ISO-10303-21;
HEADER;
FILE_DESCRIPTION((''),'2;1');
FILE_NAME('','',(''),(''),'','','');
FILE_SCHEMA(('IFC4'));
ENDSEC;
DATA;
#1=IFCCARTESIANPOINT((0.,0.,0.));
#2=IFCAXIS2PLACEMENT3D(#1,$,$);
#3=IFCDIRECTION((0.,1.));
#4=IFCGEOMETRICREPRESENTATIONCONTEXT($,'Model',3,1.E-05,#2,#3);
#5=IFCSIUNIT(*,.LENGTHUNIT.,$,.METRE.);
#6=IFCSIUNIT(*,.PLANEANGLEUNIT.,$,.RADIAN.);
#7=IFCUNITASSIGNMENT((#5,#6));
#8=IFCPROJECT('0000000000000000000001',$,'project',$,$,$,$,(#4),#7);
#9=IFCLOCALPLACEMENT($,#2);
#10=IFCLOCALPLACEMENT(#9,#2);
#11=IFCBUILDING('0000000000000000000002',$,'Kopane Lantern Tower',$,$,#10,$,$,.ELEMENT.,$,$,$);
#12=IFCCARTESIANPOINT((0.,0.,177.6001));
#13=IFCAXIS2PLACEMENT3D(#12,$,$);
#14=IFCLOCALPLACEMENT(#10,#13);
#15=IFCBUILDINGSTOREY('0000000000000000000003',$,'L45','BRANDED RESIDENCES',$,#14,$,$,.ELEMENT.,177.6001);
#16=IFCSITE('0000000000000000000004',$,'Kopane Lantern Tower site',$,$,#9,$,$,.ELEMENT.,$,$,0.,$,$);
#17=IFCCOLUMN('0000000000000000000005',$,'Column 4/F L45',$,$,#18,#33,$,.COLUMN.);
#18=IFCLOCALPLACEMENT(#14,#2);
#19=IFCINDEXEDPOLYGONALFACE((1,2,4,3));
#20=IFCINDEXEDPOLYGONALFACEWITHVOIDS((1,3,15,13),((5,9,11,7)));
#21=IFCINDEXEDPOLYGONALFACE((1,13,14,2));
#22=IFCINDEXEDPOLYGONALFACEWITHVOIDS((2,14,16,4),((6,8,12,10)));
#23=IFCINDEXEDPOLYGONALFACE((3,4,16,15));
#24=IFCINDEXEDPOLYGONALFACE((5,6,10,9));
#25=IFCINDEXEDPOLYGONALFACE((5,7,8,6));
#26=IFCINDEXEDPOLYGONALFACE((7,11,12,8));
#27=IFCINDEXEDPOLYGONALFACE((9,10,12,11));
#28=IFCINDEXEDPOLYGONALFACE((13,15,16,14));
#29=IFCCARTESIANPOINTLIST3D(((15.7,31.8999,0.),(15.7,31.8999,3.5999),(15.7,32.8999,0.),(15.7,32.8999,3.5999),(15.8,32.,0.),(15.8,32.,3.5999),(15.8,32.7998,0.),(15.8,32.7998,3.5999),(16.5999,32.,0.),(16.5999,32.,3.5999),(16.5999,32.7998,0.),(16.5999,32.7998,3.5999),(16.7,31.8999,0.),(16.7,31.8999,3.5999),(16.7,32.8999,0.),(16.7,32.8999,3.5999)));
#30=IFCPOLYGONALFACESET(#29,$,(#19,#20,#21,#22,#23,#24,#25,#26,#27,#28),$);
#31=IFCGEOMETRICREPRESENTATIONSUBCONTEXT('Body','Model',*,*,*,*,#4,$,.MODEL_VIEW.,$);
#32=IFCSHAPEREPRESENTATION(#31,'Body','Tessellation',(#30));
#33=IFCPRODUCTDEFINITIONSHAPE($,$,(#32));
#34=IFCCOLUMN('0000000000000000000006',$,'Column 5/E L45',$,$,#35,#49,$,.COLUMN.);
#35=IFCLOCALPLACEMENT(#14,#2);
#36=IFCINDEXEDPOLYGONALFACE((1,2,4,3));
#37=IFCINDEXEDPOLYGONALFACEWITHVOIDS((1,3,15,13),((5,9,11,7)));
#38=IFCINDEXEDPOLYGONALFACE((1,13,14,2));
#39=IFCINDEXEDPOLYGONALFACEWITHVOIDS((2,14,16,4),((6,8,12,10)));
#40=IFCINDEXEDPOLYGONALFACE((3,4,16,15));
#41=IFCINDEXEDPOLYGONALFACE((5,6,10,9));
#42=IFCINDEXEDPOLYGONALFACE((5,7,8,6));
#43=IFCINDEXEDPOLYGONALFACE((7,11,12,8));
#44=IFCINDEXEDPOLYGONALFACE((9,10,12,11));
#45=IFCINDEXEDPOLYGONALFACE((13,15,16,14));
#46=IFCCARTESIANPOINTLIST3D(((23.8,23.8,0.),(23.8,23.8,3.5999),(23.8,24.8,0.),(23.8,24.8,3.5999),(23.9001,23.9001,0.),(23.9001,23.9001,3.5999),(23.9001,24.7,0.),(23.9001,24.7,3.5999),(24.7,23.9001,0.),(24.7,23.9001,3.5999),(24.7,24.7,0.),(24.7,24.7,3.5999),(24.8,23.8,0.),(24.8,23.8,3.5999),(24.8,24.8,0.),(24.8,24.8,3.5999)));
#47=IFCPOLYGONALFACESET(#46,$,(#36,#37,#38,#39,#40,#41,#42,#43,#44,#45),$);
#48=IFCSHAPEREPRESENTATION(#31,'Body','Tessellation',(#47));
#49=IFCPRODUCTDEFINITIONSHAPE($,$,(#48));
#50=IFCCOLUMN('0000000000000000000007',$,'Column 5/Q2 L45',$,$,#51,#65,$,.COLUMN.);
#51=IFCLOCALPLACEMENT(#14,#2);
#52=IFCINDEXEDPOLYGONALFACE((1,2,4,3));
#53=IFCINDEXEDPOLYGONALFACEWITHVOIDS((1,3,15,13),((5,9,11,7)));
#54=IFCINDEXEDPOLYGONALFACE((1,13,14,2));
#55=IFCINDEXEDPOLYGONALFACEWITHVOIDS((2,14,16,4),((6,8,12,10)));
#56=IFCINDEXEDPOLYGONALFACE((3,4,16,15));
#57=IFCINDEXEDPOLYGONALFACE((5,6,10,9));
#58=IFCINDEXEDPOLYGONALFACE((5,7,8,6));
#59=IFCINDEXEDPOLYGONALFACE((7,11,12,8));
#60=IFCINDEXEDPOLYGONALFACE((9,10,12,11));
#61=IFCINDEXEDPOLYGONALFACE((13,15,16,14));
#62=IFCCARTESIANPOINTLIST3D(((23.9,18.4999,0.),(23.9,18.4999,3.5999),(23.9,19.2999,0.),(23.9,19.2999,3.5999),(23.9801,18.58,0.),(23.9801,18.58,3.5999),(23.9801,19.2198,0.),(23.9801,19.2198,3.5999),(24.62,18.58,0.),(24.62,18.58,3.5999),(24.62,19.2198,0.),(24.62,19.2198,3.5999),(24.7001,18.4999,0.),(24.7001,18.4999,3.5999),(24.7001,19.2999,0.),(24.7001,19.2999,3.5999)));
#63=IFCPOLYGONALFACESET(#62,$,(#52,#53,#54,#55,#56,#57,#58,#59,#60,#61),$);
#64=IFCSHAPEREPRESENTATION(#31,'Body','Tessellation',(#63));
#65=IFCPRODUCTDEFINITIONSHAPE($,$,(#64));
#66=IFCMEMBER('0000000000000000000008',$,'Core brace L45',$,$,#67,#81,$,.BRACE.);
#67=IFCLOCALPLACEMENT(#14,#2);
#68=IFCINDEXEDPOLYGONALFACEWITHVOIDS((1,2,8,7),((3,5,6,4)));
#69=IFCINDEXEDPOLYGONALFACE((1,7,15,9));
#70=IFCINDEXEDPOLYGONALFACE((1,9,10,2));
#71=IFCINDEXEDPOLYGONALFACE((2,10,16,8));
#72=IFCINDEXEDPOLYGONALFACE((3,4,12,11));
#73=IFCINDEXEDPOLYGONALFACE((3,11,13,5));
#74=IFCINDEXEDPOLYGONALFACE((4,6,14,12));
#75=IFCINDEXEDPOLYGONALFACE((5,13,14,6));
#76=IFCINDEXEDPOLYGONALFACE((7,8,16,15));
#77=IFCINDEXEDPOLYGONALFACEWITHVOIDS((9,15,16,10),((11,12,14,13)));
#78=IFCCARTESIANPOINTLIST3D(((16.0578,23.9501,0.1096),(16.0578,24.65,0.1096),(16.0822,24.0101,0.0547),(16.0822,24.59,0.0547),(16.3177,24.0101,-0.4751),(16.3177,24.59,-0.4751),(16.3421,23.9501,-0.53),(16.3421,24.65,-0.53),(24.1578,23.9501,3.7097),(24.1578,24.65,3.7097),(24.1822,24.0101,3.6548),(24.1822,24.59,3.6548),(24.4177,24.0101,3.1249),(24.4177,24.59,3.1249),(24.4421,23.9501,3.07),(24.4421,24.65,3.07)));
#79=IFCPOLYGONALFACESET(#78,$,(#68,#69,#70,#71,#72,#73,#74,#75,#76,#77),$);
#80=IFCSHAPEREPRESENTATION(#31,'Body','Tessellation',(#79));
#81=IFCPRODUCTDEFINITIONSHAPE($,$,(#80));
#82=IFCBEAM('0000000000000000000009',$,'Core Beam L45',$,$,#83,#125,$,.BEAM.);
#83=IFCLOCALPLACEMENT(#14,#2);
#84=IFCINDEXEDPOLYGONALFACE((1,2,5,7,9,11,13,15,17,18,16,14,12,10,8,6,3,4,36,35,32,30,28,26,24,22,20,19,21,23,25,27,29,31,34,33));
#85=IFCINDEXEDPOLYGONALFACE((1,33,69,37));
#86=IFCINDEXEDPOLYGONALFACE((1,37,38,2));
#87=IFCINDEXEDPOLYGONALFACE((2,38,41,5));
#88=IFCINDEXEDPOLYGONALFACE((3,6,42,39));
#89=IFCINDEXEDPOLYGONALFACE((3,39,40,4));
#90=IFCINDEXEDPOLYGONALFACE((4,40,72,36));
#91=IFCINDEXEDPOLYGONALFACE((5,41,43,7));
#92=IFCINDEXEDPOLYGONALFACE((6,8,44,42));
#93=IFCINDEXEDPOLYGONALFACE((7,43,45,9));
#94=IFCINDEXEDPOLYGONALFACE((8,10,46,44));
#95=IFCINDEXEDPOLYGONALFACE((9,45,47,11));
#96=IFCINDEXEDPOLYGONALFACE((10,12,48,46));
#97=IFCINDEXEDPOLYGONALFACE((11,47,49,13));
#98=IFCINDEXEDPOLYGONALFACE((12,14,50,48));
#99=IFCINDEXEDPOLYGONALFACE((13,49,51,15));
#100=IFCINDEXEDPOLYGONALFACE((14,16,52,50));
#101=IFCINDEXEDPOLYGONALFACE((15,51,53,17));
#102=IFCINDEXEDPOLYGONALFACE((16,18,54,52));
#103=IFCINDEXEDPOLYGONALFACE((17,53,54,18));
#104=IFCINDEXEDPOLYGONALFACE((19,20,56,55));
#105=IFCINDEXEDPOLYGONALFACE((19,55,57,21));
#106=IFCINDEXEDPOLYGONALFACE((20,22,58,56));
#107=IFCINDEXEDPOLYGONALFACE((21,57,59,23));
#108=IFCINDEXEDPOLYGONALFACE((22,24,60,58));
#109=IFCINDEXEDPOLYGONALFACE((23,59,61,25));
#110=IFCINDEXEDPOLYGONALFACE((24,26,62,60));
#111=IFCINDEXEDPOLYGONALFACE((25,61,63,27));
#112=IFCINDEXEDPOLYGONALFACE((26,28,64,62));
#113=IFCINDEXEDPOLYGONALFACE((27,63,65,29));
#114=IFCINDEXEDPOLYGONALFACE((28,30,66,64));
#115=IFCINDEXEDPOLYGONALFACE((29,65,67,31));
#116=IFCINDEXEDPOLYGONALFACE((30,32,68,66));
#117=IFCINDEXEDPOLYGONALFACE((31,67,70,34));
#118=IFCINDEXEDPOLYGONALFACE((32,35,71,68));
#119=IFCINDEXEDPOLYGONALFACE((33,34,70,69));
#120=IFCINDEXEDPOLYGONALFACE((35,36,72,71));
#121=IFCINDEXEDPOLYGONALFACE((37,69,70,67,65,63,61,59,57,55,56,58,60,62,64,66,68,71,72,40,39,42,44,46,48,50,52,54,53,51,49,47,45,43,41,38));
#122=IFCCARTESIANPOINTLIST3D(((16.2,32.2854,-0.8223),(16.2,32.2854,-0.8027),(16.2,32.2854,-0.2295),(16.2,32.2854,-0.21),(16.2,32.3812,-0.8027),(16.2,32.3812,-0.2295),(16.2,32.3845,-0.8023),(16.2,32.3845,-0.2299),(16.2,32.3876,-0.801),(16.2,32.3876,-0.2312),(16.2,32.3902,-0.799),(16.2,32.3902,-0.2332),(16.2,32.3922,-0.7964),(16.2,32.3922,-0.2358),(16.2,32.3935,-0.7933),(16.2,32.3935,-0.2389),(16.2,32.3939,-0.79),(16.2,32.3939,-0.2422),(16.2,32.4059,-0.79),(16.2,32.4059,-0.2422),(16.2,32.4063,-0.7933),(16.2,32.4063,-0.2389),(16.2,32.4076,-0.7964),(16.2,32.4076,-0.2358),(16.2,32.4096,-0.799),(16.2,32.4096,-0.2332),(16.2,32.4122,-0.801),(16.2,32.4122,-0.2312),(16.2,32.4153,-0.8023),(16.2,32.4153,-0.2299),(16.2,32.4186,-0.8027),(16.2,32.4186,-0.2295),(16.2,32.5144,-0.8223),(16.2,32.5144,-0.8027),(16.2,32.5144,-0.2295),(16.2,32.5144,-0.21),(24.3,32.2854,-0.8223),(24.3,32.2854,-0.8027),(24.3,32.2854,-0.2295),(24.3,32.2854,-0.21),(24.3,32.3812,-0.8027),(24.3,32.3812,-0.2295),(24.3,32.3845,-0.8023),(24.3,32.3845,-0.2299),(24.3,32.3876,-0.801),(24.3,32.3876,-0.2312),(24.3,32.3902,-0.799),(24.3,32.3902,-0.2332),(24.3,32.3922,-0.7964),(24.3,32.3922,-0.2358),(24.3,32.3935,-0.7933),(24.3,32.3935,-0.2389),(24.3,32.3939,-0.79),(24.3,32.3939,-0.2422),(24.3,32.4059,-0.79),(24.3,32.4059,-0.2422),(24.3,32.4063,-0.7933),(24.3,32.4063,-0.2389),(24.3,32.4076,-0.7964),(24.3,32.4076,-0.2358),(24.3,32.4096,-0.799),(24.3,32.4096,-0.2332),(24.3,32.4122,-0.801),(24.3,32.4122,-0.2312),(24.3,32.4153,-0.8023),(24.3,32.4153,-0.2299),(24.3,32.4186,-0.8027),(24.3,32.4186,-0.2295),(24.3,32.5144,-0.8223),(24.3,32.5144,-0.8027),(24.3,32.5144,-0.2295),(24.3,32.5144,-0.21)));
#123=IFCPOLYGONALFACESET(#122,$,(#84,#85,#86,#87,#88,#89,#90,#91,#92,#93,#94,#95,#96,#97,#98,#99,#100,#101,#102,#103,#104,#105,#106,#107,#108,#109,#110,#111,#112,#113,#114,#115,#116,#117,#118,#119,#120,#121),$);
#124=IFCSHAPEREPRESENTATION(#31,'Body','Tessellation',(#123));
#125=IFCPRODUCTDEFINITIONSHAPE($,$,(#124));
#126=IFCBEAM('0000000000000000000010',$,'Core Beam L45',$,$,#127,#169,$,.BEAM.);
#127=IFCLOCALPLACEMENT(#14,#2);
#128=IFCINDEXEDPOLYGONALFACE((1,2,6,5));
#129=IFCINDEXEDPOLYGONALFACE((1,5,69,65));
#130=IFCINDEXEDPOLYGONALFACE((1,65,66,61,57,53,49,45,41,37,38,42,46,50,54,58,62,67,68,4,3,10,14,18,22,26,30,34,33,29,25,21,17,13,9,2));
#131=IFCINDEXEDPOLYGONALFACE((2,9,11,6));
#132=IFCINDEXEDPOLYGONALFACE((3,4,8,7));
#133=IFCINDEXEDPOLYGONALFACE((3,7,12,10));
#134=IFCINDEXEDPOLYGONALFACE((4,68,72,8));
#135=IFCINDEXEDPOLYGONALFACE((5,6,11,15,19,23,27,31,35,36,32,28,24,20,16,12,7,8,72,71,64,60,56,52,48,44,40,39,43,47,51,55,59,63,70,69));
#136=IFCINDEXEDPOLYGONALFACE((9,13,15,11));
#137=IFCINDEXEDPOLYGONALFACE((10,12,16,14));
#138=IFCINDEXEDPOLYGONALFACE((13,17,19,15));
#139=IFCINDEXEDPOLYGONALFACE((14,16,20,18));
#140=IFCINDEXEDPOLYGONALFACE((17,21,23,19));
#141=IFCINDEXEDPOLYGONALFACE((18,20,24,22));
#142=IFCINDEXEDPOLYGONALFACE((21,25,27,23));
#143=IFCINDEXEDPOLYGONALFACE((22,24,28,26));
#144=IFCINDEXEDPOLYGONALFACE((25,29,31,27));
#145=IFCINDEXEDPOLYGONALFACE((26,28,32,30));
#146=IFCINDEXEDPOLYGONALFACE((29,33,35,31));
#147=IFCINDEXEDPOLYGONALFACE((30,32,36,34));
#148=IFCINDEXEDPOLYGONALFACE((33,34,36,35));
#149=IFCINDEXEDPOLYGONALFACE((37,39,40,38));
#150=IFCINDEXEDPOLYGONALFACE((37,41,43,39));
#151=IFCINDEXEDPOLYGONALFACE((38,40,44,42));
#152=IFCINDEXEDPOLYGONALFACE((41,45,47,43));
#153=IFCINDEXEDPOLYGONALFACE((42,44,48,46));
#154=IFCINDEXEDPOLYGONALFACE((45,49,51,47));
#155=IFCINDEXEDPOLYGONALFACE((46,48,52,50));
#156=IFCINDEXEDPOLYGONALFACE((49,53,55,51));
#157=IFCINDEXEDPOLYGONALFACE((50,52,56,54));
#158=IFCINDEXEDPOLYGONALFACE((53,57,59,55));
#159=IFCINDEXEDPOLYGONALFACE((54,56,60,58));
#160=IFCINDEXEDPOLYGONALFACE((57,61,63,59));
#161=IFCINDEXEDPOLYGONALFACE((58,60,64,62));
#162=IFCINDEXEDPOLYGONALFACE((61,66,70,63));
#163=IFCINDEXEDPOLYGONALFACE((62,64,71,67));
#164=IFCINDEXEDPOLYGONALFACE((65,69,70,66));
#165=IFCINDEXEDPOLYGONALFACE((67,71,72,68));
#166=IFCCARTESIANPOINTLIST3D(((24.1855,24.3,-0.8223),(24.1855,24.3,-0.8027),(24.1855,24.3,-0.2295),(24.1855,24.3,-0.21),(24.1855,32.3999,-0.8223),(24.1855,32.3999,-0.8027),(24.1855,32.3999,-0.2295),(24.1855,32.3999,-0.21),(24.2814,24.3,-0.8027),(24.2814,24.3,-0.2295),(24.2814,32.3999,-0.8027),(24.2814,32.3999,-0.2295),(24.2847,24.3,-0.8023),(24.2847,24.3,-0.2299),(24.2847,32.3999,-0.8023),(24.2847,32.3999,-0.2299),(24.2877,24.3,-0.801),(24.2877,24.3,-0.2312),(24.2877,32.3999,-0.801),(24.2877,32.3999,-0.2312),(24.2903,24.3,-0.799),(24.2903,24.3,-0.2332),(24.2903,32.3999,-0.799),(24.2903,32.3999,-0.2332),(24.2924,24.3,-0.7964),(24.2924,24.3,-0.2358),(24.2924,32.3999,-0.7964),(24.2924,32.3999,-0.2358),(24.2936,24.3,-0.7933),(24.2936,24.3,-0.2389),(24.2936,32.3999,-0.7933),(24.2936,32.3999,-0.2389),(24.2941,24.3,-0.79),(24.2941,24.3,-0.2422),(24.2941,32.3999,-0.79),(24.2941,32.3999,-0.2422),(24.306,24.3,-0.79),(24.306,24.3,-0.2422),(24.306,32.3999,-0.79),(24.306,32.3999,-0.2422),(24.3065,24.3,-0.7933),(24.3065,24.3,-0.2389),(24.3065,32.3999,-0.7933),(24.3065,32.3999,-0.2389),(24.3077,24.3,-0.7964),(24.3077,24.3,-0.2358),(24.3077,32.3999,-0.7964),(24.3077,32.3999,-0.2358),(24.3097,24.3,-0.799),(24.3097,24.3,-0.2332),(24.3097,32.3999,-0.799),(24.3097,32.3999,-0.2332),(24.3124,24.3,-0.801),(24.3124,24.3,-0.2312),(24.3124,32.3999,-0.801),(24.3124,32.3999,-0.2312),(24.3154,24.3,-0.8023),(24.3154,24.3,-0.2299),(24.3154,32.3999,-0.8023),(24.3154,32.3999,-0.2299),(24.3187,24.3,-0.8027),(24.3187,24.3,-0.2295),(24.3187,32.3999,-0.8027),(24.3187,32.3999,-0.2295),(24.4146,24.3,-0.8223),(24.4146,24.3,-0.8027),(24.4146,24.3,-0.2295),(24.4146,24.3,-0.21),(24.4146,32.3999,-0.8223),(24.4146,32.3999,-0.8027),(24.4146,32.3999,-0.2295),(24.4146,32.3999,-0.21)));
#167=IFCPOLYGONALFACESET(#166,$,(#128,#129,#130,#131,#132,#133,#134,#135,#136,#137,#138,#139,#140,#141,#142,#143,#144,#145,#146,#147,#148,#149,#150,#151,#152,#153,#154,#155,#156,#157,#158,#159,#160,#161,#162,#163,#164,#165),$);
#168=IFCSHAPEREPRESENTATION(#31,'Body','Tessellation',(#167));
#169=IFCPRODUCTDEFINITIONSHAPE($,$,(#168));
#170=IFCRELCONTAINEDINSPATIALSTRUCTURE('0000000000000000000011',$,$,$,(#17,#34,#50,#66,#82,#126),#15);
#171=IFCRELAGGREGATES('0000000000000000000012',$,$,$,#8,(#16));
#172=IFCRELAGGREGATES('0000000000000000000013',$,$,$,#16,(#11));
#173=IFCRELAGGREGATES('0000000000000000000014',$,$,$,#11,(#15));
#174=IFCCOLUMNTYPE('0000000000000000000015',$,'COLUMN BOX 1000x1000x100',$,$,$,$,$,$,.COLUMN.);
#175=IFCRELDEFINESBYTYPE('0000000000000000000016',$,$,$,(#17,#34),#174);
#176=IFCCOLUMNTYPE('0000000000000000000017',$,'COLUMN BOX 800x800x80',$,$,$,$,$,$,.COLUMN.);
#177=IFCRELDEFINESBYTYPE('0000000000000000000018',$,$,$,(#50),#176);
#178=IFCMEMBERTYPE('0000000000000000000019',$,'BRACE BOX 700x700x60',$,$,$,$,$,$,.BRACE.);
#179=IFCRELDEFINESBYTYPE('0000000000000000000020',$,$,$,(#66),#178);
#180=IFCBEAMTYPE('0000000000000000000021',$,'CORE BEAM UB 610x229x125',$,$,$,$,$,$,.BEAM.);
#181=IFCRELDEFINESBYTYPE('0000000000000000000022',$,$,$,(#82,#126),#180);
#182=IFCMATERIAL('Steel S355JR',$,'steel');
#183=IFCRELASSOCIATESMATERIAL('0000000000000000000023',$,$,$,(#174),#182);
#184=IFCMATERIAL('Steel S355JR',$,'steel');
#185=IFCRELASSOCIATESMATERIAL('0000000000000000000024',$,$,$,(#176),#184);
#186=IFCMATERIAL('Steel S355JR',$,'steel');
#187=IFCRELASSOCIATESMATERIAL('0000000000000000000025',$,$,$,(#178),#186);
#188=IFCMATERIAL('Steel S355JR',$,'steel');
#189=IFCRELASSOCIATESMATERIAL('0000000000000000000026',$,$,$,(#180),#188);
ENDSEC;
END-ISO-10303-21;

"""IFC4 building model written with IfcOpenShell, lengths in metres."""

from ifc_helpers import new_model, si_unit, direction, frame, origin, origin_2d, place, context, subcontext, project, spatial, hollow_rectangle, i_section, extrude, material, material_profile, profile_set, type_object, element, save


model = new_model("IFC4")

# Units and contexts
model_context = context("Model", 3, precision=1e-05, world=origin(), true_north=direction((0.0, 1.0)))
body_context = subcontext(model_context, "Body", "Model", "MODEL_VIEW")
ifc_project = project(units=[si_unit("LENGTHUNIT", "METRE"), si_unit("PLANEANGLEUNIT", "RADIAN")], contexts=[model_context])

# Site, building, storey
site_placement = place(None, origin())
site = spatial("IfcSite", under=ifc_project, at=site_placement, Name="Kopane Lantern Tower site", CompositionType="ELEMENT", RefElevation=0.0)
building_placement = place(site_placement, origin())
building = spatial("IfcBuilding", under=site, at=building_placement, Name="Kopane Lantern Tower", CompositionType="ELEMENT")
storey_placement = place(building_placement, frame((0.0, 0.0, 177.6001)))
storey = spatial("IfcBuildingStorey", under=building, at=storey_placement, Name="L45", Description="BRANDED RESIDENCES", CompositionType="ELEMENT", Elevation=177.6001)

# Columns
ifc_material_1 = material(Name="Steel S355JR", Category="steel")
ifc_material_profile_1 = material_profile(ifc_material_1, hollow_rectangle(XDim=1.0, YDim=1.0, WallThickness=0.1001, at=origin_2d()), Name="BOX 1000x1000x100")
ifc_profile_set_1 = profile_set([ifc_material_profile_1], Name="Steel S355JR")
column_type_1 = type_object("IfcColumnType", Name="COLUMN BOX 1000x1000x100", PredefinedType="COLUMN", material=ifc_profile_set_1)
for number, where, z_axis, x_axis, name in (
    (1, (16.2, 32.3999, 0.0), (0.0, 0.0, 1.0), (1.0, 0.0, 0.0), "Column 4/F L45"),
    (2, (24.3, 24.3, 0.0), (0.0, 0.0, 1.0), (1.0, 0.0, 0.0), "Column 5/E L45"),
):
    element("IfcColumn", number, at=place(storey_placement, frame(where, z_axis=z_axis, x_axis=x_axis)), inside=storey, type_object=column_type_1, Name=name, PredefinedType="COLUMN", context=body_context, shape_type="SweptSolid", body=[
        extrude(hollow_rectangle(XDim=1.0, YDim=1.0, WallThickness=0.1001, at=origin_2d()), origin(), (0.0, 0.0, 1.0), 3.5999),
    ])
ifc_material_2 = material(Name="Steel S355JR", Category="steel")
ifc_material_profile_2 = material_profile(ifc_material_2, hollow_rectangle(XDim=0.8, YDim=0.8, WallThickness=0.0801, at=origin_2d()), Name="BOX 800x800x80")
ifc_profile_set_2 = profile_set([ifc_material_profile_2], Name="Steel S355JR")
column_type_2 = type_object("IfcColumnType", Name="COLUMN BOX 800x800x80", PredefinedType="COLUMN", material=ifc_profile_set_2)
column_placement = place(storey_placement, frame((24.3, 18.8999, 0.0), z_axis=(0.0, 0.0, 1.0), x_axis=(1.0, 0.0, 0.0)))
element("IfcColumn", 3, at=column_placement, inside=storey, type_object=column_type_2, Name="Column 5/Q2 L45", PredefinedType="COLUMN", context=body_context, shape_type="SweptSolid", body=[
    extrude(hollow_rectangle(XDim=0.8, YDim=0.8, WallThickness=0.0801, at=origin_2d()), origin(), (0.0, 0.0, 1.0), 3.5999),
])

# Member
ifc_material_3 = material(Name="Steel S355JR", Category="steel")
ifc_material_profile_3 = material_profile(ifc_material_3, hollow_rectangle(XDim=0.7, YDim=0.7, WallThickness=0.0601, at=origin_2d()), Name="BOX 700x700x60")
ifc_profile_set_3 = profile_set([ifc_material_profile_3], Name="Steel S355JR")
member_type = type_object("IfcMemberType", Name="BRACE BOX 700x700x60", PredefinedType="BRACE", material=ifc_profile_set_3)
member_placement = place(storey_placement, frame((16.2, 24.3, -0.2102), z_axis=(0.913809, 0.0, 0.406144), x_axis=(0.0, 1.0, 0.0)))
element("IfcMember", 4, at=member_placement, inside=storey, type_object=member_type, Name="Core brace L45", PredefinedType="BRACE", context=body_context, shape_type="SweptSolid", body=[
    extrude(hollow_rectangle(XDim=0.7, YDim=0.7, WallThickness=0.0601, at=origin_2d()), origin(), (0.0, 0.0, 1.0), 8.864),
])

# Beams
ifc_material_4 = material(Name="Steel S355JR", Category="steel")
ifc_material_profile_4 = material_profile(ifc_material_4, i_section(OverallWidth=0.229, OverallDepth=0.6123, WebThickness=0.012, FlangeThickness=0.0195, FilletRadius=0.0127, at=origin_2d()), Name="UB 610x229x125")
ifc_profile_set_4 = profile_set([ifc_material_profile_4], Name="Steel S355JR")
beam_type_1 = type_object("IfcBeamType", Name="CORE BEAM UB 610x229x125", PredefinedType="BEAM", material=ifc_profile_set_4)
beam_1_placement = place(storey_placement, frame((16.2, 32.3999, -0.5161), z_axis=(1.0, 0.0, 0.0), x_axis=(0.0, 1.0, 0.0)))
element("IfcBeam", 5, at=beam_1_placement, inside=storey, type_object=beam_type_1, Name="Core Beam L45", PredefinedType="BEAM", context=body_context, shape_type="SweptSolid", body=[
    extrude(i_section(OverallWidth=0.229, OverallDepth=0.6123, WebThickness=0.012, FlangeThickness=0.0195, FilletRadius=0.0127, at=origin_2d()), origin(), (0.0, 0.0, 1.0), 8.1001),
])
beam_2_placement = place(storey_placement, frame((24.3, 24.3, -0.5161), z_axis=(0.0, 1.0, 0.0), x_axis=(-1.0, 0.0, 0.0)))
element("IfcBeam", 6, at=beam_2_placement, inside=storey, type_object=beam_type_1, Name="Core Beam L45", PredefinedType="BEAM", context=body_context, shape_type="SweptSolid", body=[
    extrude(i_section(OverallWidth=0.229, OverallDepth=0.6123, WebThickness=0.012, FlangeThickness=0.0195, FilletRadius=0.0127, at=origin_2d()), origin(), (0.0, 0.0, 1.0), 8.0999),
])

save(model, "model.ifc")
